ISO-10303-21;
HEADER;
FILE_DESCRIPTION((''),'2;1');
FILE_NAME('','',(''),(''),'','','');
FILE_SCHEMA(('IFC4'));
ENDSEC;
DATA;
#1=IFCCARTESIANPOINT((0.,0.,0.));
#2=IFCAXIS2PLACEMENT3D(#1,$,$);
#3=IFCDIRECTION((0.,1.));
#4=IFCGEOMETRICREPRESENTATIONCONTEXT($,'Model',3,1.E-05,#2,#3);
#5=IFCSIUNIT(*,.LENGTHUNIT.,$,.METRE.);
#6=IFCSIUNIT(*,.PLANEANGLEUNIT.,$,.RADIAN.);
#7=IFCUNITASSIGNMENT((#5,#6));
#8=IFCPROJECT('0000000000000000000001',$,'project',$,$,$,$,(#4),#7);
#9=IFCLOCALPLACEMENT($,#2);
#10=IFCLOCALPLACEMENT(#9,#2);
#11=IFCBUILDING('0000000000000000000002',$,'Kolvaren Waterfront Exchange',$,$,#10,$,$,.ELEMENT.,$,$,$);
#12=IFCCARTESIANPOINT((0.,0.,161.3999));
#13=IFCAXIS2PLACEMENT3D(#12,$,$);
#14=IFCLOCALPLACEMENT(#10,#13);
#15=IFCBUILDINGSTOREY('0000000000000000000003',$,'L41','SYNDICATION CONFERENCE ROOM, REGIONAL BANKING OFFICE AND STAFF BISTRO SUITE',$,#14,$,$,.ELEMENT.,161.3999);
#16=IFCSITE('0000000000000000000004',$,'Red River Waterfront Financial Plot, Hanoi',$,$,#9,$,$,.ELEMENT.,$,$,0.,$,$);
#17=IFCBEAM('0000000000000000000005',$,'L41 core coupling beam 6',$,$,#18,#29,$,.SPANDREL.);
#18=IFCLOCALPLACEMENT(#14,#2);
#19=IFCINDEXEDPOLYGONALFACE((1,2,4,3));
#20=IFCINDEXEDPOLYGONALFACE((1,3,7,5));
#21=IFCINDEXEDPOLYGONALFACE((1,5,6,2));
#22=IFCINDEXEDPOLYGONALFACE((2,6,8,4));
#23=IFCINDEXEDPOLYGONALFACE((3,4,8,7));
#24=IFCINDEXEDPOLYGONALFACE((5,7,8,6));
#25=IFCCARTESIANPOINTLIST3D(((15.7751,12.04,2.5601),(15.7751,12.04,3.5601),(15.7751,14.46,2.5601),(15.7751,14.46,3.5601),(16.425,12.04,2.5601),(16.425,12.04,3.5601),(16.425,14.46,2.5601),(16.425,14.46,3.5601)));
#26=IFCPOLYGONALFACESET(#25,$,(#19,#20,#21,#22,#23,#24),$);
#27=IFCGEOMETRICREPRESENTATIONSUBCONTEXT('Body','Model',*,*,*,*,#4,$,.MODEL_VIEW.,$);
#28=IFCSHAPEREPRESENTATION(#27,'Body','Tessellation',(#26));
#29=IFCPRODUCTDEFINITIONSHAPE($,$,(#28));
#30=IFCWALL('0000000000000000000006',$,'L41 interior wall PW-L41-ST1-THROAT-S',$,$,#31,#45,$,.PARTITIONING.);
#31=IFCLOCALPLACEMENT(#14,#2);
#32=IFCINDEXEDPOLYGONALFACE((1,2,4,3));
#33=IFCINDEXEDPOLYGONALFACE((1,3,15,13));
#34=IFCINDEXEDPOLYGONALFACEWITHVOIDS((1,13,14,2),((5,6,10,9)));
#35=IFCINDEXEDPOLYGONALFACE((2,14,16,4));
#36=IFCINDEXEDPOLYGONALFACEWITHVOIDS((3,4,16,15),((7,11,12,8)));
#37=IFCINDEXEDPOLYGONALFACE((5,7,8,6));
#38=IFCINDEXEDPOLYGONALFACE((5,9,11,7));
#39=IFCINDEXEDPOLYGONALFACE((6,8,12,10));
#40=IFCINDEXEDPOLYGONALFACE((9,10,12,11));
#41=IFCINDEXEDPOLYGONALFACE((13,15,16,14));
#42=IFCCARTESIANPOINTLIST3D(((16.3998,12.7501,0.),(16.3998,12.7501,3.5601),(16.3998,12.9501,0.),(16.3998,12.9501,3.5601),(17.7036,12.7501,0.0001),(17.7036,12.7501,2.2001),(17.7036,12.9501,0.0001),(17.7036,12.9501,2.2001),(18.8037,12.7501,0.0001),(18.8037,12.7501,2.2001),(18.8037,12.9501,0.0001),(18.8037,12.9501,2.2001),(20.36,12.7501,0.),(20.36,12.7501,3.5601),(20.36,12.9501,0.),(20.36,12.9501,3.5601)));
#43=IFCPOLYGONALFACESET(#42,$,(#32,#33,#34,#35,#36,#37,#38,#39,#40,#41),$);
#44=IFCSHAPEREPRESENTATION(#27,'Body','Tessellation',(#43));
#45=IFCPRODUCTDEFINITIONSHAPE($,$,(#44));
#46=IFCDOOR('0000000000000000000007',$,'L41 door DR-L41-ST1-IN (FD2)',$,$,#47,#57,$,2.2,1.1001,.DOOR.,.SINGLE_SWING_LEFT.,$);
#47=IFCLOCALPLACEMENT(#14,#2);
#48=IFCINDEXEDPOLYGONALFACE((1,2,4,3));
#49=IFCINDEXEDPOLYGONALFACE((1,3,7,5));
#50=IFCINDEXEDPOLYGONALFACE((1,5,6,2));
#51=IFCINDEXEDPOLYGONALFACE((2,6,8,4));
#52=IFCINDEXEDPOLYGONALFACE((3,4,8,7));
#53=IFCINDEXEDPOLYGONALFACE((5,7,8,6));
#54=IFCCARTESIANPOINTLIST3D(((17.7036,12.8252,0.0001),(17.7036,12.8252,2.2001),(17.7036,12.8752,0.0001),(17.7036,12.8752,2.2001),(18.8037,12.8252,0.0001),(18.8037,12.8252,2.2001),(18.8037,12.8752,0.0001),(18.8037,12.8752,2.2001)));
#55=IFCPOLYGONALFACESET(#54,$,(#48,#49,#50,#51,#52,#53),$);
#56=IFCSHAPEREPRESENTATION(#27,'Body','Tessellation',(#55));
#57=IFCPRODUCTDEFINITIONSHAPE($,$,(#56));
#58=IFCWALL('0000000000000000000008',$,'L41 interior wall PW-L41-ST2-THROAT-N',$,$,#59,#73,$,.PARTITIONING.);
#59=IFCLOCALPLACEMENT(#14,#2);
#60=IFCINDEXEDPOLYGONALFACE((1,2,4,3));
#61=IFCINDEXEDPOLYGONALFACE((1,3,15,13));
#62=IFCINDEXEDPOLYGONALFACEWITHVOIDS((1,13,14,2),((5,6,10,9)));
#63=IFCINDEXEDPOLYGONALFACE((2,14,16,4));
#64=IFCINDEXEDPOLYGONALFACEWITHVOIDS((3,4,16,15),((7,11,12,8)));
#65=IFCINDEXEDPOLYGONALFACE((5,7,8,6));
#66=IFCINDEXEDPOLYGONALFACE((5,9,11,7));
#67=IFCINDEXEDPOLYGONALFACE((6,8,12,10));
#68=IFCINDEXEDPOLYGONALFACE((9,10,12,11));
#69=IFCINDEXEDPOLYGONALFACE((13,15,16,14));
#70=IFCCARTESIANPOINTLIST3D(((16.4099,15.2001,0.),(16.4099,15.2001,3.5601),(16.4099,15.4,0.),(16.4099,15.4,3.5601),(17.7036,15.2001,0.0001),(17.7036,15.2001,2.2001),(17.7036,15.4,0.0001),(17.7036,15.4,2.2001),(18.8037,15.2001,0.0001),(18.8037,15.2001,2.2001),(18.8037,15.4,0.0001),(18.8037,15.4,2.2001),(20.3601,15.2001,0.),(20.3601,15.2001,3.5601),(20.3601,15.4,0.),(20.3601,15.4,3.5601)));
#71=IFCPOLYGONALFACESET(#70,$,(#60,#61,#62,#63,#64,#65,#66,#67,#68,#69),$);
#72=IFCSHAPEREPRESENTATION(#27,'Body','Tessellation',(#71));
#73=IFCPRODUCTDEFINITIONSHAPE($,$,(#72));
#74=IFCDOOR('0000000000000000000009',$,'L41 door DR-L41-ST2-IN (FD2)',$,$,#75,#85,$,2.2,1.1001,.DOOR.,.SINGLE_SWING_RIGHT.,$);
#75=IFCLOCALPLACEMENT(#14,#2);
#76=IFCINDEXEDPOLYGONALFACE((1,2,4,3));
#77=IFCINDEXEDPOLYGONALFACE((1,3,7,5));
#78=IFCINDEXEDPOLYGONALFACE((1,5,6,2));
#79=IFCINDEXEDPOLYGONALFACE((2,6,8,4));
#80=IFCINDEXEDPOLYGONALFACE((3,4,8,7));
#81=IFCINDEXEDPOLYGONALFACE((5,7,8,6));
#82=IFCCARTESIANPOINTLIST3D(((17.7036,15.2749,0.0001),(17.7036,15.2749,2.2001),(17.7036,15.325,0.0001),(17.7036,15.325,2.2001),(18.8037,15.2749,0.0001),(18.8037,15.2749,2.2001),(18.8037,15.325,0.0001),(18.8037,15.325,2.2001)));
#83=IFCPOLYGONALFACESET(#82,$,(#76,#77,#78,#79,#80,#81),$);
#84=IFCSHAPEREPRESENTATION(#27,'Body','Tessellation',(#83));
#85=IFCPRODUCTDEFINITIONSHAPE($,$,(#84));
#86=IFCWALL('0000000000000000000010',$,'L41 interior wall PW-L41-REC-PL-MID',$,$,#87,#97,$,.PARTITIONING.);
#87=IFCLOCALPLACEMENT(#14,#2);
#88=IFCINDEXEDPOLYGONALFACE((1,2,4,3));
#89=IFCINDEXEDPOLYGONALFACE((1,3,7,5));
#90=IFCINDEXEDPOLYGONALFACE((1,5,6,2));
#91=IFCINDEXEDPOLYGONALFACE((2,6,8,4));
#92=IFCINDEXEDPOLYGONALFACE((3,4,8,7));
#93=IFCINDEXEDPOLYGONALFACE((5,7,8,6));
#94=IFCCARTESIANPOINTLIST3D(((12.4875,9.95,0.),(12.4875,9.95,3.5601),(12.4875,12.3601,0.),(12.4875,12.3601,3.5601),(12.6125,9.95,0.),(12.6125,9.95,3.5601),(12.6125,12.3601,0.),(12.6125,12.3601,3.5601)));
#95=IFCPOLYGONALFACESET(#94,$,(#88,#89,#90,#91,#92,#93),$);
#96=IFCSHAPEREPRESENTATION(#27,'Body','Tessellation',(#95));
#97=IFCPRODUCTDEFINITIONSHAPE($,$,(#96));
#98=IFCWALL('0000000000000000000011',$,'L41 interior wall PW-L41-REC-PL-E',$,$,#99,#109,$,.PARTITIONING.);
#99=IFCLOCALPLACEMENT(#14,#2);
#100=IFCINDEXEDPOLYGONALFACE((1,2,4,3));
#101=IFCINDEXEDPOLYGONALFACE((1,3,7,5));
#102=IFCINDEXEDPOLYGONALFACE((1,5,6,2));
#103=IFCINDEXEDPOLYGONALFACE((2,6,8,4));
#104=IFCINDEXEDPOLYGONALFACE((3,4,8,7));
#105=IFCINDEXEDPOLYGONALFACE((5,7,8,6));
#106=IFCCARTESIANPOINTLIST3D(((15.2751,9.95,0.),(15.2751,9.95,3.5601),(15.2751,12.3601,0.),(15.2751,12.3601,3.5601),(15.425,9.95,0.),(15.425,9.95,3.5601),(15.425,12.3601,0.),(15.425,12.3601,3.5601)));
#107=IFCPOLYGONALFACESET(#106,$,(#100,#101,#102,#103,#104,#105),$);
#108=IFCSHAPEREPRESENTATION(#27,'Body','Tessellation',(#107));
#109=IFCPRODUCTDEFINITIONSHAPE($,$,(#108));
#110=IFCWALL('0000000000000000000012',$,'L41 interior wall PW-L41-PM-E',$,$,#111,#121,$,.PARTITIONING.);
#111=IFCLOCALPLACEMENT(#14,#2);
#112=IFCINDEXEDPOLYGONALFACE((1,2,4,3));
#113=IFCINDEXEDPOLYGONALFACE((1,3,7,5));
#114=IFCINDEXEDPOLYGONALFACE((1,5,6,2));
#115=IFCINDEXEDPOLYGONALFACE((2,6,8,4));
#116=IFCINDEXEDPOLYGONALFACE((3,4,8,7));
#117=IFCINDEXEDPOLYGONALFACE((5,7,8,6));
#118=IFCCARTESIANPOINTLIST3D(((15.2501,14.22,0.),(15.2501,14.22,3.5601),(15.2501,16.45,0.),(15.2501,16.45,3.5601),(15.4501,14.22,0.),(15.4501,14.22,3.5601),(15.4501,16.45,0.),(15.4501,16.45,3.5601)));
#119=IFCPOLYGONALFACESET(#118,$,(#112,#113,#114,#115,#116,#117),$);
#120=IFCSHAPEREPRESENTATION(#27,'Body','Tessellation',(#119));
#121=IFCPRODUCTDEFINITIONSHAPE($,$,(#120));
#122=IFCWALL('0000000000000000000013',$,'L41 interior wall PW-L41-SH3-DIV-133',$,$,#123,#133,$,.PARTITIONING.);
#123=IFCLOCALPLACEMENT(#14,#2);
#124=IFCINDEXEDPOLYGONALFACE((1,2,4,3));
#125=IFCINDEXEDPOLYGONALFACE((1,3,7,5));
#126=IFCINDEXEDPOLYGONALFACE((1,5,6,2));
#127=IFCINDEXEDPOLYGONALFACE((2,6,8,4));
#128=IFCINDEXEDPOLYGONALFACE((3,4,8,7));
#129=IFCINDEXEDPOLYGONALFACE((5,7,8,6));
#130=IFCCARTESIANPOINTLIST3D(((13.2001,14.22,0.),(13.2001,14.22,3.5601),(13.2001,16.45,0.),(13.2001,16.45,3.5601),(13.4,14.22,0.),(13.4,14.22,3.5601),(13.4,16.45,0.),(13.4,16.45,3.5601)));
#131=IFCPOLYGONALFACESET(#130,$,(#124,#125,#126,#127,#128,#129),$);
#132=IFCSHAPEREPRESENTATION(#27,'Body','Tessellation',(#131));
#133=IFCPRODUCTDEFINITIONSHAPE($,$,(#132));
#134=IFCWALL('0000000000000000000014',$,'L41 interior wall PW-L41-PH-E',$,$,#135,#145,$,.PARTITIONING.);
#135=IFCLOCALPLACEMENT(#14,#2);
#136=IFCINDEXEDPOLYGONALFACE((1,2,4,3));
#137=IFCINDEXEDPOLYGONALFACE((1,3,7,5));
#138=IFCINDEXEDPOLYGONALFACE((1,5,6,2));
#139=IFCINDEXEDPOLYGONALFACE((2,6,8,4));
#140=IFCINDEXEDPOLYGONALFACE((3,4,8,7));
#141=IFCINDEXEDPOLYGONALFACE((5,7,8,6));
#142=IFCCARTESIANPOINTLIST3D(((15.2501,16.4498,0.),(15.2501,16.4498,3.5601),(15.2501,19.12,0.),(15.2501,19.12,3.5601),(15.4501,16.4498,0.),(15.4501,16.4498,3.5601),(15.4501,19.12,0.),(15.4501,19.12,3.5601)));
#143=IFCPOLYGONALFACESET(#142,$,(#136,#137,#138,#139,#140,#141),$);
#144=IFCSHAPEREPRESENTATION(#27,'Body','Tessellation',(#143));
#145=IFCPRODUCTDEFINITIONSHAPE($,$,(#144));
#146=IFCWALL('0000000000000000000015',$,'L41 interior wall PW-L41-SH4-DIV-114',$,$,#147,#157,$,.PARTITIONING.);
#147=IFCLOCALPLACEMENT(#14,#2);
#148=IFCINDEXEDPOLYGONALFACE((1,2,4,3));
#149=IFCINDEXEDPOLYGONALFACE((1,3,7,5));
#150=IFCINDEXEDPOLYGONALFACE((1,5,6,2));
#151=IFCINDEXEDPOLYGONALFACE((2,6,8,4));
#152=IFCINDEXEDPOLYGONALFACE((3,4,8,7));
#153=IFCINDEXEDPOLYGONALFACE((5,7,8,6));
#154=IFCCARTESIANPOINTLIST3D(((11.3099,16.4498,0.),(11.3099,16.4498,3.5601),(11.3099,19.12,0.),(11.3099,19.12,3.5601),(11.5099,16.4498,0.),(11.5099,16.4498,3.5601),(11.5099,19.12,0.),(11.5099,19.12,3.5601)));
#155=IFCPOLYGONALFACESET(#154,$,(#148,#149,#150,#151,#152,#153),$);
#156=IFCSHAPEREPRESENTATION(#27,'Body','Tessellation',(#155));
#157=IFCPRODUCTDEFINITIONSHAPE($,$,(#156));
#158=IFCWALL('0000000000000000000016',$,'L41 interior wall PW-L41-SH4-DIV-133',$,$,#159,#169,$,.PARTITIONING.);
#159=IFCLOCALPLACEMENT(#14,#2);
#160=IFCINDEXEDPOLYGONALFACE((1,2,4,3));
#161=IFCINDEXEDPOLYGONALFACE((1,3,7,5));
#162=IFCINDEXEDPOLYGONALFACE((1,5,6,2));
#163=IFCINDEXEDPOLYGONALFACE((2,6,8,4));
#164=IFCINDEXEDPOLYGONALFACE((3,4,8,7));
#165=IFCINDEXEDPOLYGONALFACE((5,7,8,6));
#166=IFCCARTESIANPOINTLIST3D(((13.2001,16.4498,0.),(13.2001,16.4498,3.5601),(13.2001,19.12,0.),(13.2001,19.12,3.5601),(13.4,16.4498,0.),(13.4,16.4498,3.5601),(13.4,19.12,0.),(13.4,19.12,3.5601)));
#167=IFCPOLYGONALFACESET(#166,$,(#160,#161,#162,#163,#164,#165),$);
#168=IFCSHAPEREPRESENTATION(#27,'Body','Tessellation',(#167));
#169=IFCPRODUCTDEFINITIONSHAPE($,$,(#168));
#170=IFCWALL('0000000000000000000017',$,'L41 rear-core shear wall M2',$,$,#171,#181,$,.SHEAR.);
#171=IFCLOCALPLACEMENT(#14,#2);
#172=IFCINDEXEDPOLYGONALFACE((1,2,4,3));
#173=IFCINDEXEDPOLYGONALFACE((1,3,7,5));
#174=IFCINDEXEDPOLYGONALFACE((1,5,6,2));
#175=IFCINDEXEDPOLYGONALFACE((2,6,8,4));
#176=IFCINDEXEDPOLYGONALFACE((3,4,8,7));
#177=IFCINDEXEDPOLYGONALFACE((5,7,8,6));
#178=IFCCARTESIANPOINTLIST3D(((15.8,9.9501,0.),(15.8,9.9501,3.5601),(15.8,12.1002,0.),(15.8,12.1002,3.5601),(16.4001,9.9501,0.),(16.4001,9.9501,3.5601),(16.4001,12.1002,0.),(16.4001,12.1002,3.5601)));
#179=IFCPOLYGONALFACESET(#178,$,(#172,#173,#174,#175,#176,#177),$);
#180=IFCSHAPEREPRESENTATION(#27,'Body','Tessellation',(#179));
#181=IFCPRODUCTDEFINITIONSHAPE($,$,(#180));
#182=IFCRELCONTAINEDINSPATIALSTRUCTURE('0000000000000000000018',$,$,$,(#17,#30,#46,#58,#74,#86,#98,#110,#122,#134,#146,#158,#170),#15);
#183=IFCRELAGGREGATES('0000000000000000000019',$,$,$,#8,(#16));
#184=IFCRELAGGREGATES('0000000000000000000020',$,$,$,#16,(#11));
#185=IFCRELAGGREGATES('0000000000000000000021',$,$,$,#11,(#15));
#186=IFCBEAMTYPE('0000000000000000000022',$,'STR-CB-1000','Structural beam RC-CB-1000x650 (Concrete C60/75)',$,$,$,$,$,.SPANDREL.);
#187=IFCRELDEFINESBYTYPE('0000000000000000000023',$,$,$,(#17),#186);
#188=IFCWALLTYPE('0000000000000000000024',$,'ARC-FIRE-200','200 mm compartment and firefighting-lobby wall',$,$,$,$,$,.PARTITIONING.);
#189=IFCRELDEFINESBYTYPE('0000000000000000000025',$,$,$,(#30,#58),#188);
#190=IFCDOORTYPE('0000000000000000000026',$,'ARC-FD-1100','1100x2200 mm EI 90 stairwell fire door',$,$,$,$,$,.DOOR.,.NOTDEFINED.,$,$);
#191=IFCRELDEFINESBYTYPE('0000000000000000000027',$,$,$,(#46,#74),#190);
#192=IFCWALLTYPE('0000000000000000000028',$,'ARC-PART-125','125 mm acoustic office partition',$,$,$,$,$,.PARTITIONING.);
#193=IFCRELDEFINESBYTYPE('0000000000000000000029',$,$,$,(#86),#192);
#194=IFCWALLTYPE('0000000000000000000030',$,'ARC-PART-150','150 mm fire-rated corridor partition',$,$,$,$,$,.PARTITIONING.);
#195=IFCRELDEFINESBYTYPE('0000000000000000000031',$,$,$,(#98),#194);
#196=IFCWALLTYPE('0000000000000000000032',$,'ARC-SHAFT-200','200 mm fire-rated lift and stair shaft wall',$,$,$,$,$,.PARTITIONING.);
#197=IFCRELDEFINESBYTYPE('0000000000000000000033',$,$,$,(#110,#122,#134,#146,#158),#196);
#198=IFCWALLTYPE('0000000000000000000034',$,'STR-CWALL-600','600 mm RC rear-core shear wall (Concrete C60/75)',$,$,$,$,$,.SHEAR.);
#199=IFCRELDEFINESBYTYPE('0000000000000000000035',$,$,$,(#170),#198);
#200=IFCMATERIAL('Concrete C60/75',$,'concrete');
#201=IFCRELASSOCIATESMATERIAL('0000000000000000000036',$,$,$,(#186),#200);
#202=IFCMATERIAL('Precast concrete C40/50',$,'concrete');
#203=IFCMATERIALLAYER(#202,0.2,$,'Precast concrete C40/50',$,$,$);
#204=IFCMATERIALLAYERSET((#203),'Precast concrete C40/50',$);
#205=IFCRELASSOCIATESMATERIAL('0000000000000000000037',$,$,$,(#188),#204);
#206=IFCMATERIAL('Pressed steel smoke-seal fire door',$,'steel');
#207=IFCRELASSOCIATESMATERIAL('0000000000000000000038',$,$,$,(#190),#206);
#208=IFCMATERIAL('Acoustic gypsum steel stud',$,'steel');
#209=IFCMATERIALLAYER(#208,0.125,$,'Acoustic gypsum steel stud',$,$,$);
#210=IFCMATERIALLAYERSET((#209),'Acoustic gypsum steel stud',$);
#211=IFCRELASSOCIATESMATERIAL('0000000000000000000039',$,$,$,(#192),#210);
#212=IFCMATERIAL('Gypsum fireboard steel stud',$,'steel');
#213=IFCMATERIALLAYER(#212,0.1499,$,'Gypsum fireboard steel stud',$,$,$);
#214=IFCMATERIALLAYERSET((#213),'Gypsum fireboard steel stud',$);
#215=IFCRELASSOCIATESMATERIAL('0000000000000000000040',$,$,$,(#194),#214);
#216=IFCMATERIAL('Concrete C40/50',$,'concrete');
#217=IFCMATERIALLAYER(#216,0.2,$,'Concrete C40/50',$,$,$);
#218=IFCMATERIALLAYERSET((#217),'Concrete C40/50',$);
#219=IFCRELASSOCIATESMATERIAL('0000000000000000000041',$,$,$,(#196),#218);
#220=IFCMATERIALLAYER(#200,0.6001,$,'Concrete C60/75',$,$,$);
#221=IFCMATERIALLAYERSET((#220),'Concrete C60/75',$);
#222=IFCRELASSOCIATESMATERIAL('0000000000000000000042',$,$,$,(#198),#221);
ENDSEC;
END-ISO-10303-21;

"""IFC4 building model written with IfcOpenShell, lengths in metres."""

from ifc_helpers import new_model, si_unit, direction, frame, frame_2d, origin, origin_2d, place, context, subcontext, project, spatial, rectangle, extrude, material, layer, layer_set, material_profile, profile_set, type_object, element, fill, save


model = new_model("IFC4")

# Units and contexts
model_context = context("Model", 3, precision=1e-05, world=origin(), true_north=direction((0.0, 1.0)))
body_context = subcontext(model_context, "Body", "Model", "MODEL_VIEW")
ifc_project = project(units=[si_unit("LENGTHUNIT", "METRE"), si_unit("PLANEANGLEUNIT", "RADIAN")], contexts=[model_context])

# Site, building, storey
site_placement = place(None, origin())
site = spatial("IfcSite", under=ifc_project, at=site_placement, Name="Red River Waterfront Financial Plot, Hanoi", CompositionType="ELEMENT", RefElevation=0.0)
building_placement = place(site_placement, origin())
building = spatial("IfcBuilding", under=site, at=building_placement, Name="Kolvaren Waterfront Exchange", CompositionType="ELEMENT")
storey_placement = place(building_placement, frame((0.0, 0.0, 161.3999)))
storey = spatial("IfcBuildingStorey", under=building, at=storey_placement, Name="L41", Description="SYNDICATION CONFERENCE ROOM, REGIONAL BANKING OFFICE AND STAFF BISTRO SUITE", CompositionType="ELEMENT", Elevation=161.3999)

# Beam
ifc_material_1 = material(Name="Concrete C60/75", Category="concrete")
ifc_material_profile = material_profile(ifc_material_1, rectangle(XDim=0.6499, YDim=1.0, at=origin_2d()), Name="RC-CB-1000x650")
ifc_profile_set = profile_set([ifc_material_profile], Name="Concrete C60/75")
beam_type = type_object("IfcBeamType", Name="STR-CB-1000", Description="Structural beam RC-CB-1000x650 (Concrete C60/75)", PredefinedType="SPANDREL", material=ifc_profile_set)
beam_placement = place(storey_placement, frame((16.1001, 12.04, 3.0601), z_axis=(0.0, 1.0, 0.0), x_axis=(-1.0, 0.0, 0.0)))
element("IfcBeam", 1, at=beam_placement, inside=storey, type_object=beam_type, Name="L41 core coupling beam 6", PredefinedType="SPANDREL", context=body_context, shape_type="SweptSolid", body=[
    extrude(rectangle(XDim=0.6499, YDim=1.0, at=origin_2d()), origin(), (0.0, 0.0, 1.0), 2.4199),
])

# Walls, openings, doors
ifc_material_2 = material(Name="Precast concrete C40/50", Category="concrete")
ifc_layer_1 = layer(ifc_material_2, 0.2, Name="Precast concrete C40/50")
ifc_layer_set_1 = layer_set([ifc_layer_1], Name="Precast concrete C40/50")
wall_type_1 = type_object("IfcWallType", Name="ARC-FIRE-200", Description="200 mm compartment and firefighting-lobby wall", PredefinedType="PARTITIONING", material=ifc_layer_set_1)
wall_1_placement = place(storey_placement, frame((16.3999, 12.8501, 0.0), z_axis=(0.0, 0.0, 1.0), x_axis=(1.0, 0.0, 0.0)))
wall_1 = element("IfcWall", 2, at=wall_1_placement, inside=storey, type_object=wall_type_1, Name="L41 interior wall PW-L41-ST1-THROAT-S", PredefinedType="PARTITIONING", context=body_context, shape_type="SweptSolid", body=[
    extrude(rectangle(XDim=3.9602, YDim=0.2, at=frame_2d((1.98, 0.0))), origin(), (0.0, 0.0, 1.0), 3.5601),
])
opening_1_placement = place(wall_1_placement, frame((1.3037, 0.0, 0.0)))
opening_1 = element("IfcOpeningElement", 3, at=opening_1_placement, cuts=wall_1, PredefinedType="OPENING", context=body_context, shape_type="SweptSolid", body=[
    extrude(rectangle(XDim=1.1001, YDim=2.2, at=frame_2d((0.55, 1.1001))), frame((0.0, 0.1099, 0.0), z_axis=(0.0, -1.0, 0.0), x_axis=(1.0, 0.0, 0.0)), (0.0, 0.0, 1.0), 0.22),
])
ifc_material_3 = material(Name="Pressed steel smoke-seal fire door", Category="steel")
door_type = type_object("IfcDoorType", Name="ARC-FD-1100", Description="1100x2200 mm EI 90 stairwell fire door", OperationType="NOTDEFINED", PredefinedType="DOOR", material=ifc_material_3)
door_1_placement = place(opening_1_placement, frame((1.1001, 0.0, 0.0), z_axis=(0.0, 0.0, 1.0), x_axis=(-1.0, 0.0, 0.0)))
door_1 = element("IfcDoor", 4, at=door_1_placement, inside=storey, type_object=door_type, Name="L41 door DR-L41-ST1-IN (FD2)", OperationType="SINGLE_SWING_LEFT", OverallHeight=2.2, OverallWidth=1.1001, PredefinedType="DOOR", context=body_context, shape_type="SweptSolid", body=[
    extrude(rectangle(XDim=1.1001, YDim=2.2, at=frame_2d((0.55, 1.1001))), frame((0.0, 0.0249, 0.0), z_axis=(0.0, -1.0, 0.0), x_axis=(1.0, 0.0, 0.0)), (0.0, 0.0, 1.0), 0.05),
])
fill(opening_1, door_1)
wall_2_placement = place(storey_placement, frame((16.4099, 15.3, 0.0), z_axis=(0.0, 0.0, 1.0), x_axis=(1.0, 0.0, 0.0)))
wall_2 = element("IfcWall", 5, at=wall_2_placement, inside=storey, type_object=wall_type_1, Name="L41 interior wall PW-L41-ST2-THROAT-N", PredefinedType="PARTITIONING", context=body_context, shape_type="SweptSolid", body=[
    extrude(rectangle(XDim=3.9502, YDim=0.2, at=frame_2d((1.9751, 0.0))), origin(), (0.0, 0.0, 1.0), 3.5601),
])
opening_2_placement = place(wall_2_placement, frame((1.2937, 0.0, 0.0)))
opening_2 = element("IfcOpeningElement", 6, at=opening_2_placement, cuts=wall_2, PredefinedType="OPENING", context=body_context, shape_type="SweptSolid", body=[
    extrude(rectangle(XDim=1.1001, YDim=2.2, at=frame_2d((0.55, 1.1001))), frame((0.0, 0.1099, 0.0), z_axis=(0.0, -1.0, 0.0), x_axis=(1.0, 0.0, 0.0)), (0.0, 0.0, 1.0), 0.22),
])
door_2_placement = place(opening_2_placement, origin())
door_2 = element("IfcDoor", 7, at=door_2_placement, inside=storey, type_object=door_type, Name="L41 door DR-L41-ST2-IN (FD2)", OperationType="SINGLE_SWING_RIGHT", OverallHeight=2.2, OverallWidth=1.1001, PredefinedType="DOOR", context=body_context, shape_type="SweptSolid", body=[
    extrude(rectangle(XDim=1.1001, YDim=2.2, at=frame_2d((0.55, 1.1001))), frame((0.0, 0.0249, 0.0), z_axis=(0.0, -1.0, 0.0), x_axis=(1.0, 0.0, 0.0)), (0.0, 0.0, 1.0), 0.05),
])
fill(opening_2, door_2)

# Walls
ifc_material_4 = material(Name="Acoustic gypsum steel stud", Category="steel")
ifc_layer_2 = layer(ifc_material_4, 0.125, Name="Acoustic gypsum steel stud")
ifc_layer_set_2 = layer_set([ifc_layer_2], Name="Acoustic gypsum steel stud")
wall_type_2 = type_object("IfcWallType", Name="ARC-PART-125", Description="125 mm acoustic office partition", PredefinedType="PARTITIONING", material=ifc_layer_set_2)
wall_3_placement = place(storey_placement, frame((12.55, 9.95, 0.0), z_axis=(0.0, 0.0, 1.0), x_axis=(0.0, 1.0, 0.0)))
element("IfcWall", 8, at=wall_3_placement, inside=storey, type_object=wall_type_2, Name="L41 interior wall PW-L41-REC-PL-MID", PredefinedType="PARTITIONING", context=body_context, shape_type="SweptSolid", body=[
    extrude(rectangle(XDim=2.4102, YDim=0.125, at=frame_2d((1.2051, 0.0))), origin(), (0.0, 0.0, 1.0), 3.5601),
])
ifc_material_5 = material(Name="Gypsum fireboard steel stud", Category="steel")
ifc_layer_3 = layer(ifc_material_5, 0.1499, Name="Gypsum fireboard steel stud")
ifc_layer_set_3 = layer_set([ifc_layer_3], Name="Gypsum fireboard steel stud")
wall_type_3 = type_object("IfcWallType", Name="ARC-PART-150", Description="150 mm fire-rated corridor partition", PredefinedType="PARTITIONING", material=ifc_layer_set_3)
wall_4_placement = place(storey_placement, frame((15.3501, 9.95, 0.0), z_axis=(0.0, 0.0, 1.0), x_axis=(0.0, 1.0, 0.0)))
element("IfcWall", 9, at=wall_4_placement, inside=storey, type_object=wall_type_3, Name="L41 interior wall PW-L41-REC-PL-E", PredefinedType="PARTITIONING", context=body_context, shape_type="SweptSolid", body=[
    extrude(rectangle(XDim=2.4102, YDim=0.1499, at=frame_2d((1.2051, 0.0))), origin(), (0.0, 0.0, 1.0), 3.5601),
])
ifc_material_6 = material(Name="Concrete C40/50", Category="concrete")
ifc_layer_4 = layer(ifc_material_6, 0.2, Name="Concrete C40/50")
ifc_layer_set_4 = layer_set([ifc_layer_4], Name="Concrete C40/50")
wall_type_4 = type_object("IfcWallType", Name="ARC-SHAFT-200", Description="200 mm fire-rated lift and stair shaft wall", PredefinedType="PARTITIONING", material=ifc_layer_set_4)
for number, where, z_axis, x_axis, name in (
    (10, (15.3501, 14.22, 0.0), (0.0, 0.0, 1.0), (0.0, 1.0, 0.0), "L41 interior wall PW-L41-PM-E"),
    (11, (13.3, 14.22, 0.0), (0.0, 0.0, 1.0), (0.0, 1.0, 0.0), "L41 interior wall PW-L41-SH3-DIV-133"),
):
    element("IfcWall", number, at=place(storey_placement, frame(where, z_axis=z_axis, x_axis=x_axis)), inside=storey, type_object=wall_type_4, Name=name, PredefinedType="PARTITIONING", context=body_context, shape_type="SweptSolid", body=[
        extrude(rectangle(XDim=2.23, YDim=0.2, at=frame_2d((1.115, 0.0))), origin(), (0.0, 0.0, 1.0), 3.5601),
    ])
for number, where, z_axis, x_axis, name in (
    (12, (15.3501, 16.45, 0.0), (0.0, 0.0, 1.0), (0.0, 1.0, 0.0), "L41 interior wall PW-L41-PH-E"),
    (13, (11.4099, 16.45, 0.0), (0.0, 0.0, 1.0), (0.0, 1.0, 0.0), "L41 interior wall PW-L41-SH4-DIV-114"),
    (14, (13.3, 16.45, 0.0), (0.0, 0.0, 1.0), (0.0, 1.0, 0.0), "L41 interior wall PW-L41-SH4-DIV-133"),
):
    element("IfcWall", number, at=place(storey_placement, frame(where, z_axis=z_axis, x_axis=x_axis)), inside=storey, type_object=wall_type_4, Name=name, PredefinedType="PARTITIONING", context=body_context, shape_type="SweptSolid", body=[
        extrude(rectangle(XDim=2.6702, YDim=0.2, at=frame_2d((1.335, 0.0))), origin(), (0.0, 0.0, 1.0), 3.5601),
    ])
ifc_layer_5 = layer(ifc_material_1, 0.6001, Name="Concrete C60/75")
ifc_layer_set_5 = layer_set([ifc_layer_5], Name="Concrete C60/75")
wall_type_5 = type_object("IfcWallType", Name="STR-CWALL-600", Description="600 mm RC rear-core shear wall (Concrete C60/75)", PredefinedType="SHEAR", material=ifc_layer_set_5)
wall_5_placement = place(storey_placement, frame((16.1001, 9.95, 0.0), z_axis=(0.0, 0.0, 1.0), x_axis=(0.0, 1.0, 0.0)))
element("IfcWall", 15, at=wall_5_placement, inside=storey, type_object=wall_type_5, Name="L41 rear-core shear wall M2", PredefinedType="SHEAR", context=body_context, shape_type="SweptSolid", body=[
    extrude(rectangle(XDim=2.1501, YDim=0.6001, at=frame_2d((1.0752, 0.0))), origin(), (0.0, 0.0, 1.0), 3.5601),
])

save(model, "model.ifc")
